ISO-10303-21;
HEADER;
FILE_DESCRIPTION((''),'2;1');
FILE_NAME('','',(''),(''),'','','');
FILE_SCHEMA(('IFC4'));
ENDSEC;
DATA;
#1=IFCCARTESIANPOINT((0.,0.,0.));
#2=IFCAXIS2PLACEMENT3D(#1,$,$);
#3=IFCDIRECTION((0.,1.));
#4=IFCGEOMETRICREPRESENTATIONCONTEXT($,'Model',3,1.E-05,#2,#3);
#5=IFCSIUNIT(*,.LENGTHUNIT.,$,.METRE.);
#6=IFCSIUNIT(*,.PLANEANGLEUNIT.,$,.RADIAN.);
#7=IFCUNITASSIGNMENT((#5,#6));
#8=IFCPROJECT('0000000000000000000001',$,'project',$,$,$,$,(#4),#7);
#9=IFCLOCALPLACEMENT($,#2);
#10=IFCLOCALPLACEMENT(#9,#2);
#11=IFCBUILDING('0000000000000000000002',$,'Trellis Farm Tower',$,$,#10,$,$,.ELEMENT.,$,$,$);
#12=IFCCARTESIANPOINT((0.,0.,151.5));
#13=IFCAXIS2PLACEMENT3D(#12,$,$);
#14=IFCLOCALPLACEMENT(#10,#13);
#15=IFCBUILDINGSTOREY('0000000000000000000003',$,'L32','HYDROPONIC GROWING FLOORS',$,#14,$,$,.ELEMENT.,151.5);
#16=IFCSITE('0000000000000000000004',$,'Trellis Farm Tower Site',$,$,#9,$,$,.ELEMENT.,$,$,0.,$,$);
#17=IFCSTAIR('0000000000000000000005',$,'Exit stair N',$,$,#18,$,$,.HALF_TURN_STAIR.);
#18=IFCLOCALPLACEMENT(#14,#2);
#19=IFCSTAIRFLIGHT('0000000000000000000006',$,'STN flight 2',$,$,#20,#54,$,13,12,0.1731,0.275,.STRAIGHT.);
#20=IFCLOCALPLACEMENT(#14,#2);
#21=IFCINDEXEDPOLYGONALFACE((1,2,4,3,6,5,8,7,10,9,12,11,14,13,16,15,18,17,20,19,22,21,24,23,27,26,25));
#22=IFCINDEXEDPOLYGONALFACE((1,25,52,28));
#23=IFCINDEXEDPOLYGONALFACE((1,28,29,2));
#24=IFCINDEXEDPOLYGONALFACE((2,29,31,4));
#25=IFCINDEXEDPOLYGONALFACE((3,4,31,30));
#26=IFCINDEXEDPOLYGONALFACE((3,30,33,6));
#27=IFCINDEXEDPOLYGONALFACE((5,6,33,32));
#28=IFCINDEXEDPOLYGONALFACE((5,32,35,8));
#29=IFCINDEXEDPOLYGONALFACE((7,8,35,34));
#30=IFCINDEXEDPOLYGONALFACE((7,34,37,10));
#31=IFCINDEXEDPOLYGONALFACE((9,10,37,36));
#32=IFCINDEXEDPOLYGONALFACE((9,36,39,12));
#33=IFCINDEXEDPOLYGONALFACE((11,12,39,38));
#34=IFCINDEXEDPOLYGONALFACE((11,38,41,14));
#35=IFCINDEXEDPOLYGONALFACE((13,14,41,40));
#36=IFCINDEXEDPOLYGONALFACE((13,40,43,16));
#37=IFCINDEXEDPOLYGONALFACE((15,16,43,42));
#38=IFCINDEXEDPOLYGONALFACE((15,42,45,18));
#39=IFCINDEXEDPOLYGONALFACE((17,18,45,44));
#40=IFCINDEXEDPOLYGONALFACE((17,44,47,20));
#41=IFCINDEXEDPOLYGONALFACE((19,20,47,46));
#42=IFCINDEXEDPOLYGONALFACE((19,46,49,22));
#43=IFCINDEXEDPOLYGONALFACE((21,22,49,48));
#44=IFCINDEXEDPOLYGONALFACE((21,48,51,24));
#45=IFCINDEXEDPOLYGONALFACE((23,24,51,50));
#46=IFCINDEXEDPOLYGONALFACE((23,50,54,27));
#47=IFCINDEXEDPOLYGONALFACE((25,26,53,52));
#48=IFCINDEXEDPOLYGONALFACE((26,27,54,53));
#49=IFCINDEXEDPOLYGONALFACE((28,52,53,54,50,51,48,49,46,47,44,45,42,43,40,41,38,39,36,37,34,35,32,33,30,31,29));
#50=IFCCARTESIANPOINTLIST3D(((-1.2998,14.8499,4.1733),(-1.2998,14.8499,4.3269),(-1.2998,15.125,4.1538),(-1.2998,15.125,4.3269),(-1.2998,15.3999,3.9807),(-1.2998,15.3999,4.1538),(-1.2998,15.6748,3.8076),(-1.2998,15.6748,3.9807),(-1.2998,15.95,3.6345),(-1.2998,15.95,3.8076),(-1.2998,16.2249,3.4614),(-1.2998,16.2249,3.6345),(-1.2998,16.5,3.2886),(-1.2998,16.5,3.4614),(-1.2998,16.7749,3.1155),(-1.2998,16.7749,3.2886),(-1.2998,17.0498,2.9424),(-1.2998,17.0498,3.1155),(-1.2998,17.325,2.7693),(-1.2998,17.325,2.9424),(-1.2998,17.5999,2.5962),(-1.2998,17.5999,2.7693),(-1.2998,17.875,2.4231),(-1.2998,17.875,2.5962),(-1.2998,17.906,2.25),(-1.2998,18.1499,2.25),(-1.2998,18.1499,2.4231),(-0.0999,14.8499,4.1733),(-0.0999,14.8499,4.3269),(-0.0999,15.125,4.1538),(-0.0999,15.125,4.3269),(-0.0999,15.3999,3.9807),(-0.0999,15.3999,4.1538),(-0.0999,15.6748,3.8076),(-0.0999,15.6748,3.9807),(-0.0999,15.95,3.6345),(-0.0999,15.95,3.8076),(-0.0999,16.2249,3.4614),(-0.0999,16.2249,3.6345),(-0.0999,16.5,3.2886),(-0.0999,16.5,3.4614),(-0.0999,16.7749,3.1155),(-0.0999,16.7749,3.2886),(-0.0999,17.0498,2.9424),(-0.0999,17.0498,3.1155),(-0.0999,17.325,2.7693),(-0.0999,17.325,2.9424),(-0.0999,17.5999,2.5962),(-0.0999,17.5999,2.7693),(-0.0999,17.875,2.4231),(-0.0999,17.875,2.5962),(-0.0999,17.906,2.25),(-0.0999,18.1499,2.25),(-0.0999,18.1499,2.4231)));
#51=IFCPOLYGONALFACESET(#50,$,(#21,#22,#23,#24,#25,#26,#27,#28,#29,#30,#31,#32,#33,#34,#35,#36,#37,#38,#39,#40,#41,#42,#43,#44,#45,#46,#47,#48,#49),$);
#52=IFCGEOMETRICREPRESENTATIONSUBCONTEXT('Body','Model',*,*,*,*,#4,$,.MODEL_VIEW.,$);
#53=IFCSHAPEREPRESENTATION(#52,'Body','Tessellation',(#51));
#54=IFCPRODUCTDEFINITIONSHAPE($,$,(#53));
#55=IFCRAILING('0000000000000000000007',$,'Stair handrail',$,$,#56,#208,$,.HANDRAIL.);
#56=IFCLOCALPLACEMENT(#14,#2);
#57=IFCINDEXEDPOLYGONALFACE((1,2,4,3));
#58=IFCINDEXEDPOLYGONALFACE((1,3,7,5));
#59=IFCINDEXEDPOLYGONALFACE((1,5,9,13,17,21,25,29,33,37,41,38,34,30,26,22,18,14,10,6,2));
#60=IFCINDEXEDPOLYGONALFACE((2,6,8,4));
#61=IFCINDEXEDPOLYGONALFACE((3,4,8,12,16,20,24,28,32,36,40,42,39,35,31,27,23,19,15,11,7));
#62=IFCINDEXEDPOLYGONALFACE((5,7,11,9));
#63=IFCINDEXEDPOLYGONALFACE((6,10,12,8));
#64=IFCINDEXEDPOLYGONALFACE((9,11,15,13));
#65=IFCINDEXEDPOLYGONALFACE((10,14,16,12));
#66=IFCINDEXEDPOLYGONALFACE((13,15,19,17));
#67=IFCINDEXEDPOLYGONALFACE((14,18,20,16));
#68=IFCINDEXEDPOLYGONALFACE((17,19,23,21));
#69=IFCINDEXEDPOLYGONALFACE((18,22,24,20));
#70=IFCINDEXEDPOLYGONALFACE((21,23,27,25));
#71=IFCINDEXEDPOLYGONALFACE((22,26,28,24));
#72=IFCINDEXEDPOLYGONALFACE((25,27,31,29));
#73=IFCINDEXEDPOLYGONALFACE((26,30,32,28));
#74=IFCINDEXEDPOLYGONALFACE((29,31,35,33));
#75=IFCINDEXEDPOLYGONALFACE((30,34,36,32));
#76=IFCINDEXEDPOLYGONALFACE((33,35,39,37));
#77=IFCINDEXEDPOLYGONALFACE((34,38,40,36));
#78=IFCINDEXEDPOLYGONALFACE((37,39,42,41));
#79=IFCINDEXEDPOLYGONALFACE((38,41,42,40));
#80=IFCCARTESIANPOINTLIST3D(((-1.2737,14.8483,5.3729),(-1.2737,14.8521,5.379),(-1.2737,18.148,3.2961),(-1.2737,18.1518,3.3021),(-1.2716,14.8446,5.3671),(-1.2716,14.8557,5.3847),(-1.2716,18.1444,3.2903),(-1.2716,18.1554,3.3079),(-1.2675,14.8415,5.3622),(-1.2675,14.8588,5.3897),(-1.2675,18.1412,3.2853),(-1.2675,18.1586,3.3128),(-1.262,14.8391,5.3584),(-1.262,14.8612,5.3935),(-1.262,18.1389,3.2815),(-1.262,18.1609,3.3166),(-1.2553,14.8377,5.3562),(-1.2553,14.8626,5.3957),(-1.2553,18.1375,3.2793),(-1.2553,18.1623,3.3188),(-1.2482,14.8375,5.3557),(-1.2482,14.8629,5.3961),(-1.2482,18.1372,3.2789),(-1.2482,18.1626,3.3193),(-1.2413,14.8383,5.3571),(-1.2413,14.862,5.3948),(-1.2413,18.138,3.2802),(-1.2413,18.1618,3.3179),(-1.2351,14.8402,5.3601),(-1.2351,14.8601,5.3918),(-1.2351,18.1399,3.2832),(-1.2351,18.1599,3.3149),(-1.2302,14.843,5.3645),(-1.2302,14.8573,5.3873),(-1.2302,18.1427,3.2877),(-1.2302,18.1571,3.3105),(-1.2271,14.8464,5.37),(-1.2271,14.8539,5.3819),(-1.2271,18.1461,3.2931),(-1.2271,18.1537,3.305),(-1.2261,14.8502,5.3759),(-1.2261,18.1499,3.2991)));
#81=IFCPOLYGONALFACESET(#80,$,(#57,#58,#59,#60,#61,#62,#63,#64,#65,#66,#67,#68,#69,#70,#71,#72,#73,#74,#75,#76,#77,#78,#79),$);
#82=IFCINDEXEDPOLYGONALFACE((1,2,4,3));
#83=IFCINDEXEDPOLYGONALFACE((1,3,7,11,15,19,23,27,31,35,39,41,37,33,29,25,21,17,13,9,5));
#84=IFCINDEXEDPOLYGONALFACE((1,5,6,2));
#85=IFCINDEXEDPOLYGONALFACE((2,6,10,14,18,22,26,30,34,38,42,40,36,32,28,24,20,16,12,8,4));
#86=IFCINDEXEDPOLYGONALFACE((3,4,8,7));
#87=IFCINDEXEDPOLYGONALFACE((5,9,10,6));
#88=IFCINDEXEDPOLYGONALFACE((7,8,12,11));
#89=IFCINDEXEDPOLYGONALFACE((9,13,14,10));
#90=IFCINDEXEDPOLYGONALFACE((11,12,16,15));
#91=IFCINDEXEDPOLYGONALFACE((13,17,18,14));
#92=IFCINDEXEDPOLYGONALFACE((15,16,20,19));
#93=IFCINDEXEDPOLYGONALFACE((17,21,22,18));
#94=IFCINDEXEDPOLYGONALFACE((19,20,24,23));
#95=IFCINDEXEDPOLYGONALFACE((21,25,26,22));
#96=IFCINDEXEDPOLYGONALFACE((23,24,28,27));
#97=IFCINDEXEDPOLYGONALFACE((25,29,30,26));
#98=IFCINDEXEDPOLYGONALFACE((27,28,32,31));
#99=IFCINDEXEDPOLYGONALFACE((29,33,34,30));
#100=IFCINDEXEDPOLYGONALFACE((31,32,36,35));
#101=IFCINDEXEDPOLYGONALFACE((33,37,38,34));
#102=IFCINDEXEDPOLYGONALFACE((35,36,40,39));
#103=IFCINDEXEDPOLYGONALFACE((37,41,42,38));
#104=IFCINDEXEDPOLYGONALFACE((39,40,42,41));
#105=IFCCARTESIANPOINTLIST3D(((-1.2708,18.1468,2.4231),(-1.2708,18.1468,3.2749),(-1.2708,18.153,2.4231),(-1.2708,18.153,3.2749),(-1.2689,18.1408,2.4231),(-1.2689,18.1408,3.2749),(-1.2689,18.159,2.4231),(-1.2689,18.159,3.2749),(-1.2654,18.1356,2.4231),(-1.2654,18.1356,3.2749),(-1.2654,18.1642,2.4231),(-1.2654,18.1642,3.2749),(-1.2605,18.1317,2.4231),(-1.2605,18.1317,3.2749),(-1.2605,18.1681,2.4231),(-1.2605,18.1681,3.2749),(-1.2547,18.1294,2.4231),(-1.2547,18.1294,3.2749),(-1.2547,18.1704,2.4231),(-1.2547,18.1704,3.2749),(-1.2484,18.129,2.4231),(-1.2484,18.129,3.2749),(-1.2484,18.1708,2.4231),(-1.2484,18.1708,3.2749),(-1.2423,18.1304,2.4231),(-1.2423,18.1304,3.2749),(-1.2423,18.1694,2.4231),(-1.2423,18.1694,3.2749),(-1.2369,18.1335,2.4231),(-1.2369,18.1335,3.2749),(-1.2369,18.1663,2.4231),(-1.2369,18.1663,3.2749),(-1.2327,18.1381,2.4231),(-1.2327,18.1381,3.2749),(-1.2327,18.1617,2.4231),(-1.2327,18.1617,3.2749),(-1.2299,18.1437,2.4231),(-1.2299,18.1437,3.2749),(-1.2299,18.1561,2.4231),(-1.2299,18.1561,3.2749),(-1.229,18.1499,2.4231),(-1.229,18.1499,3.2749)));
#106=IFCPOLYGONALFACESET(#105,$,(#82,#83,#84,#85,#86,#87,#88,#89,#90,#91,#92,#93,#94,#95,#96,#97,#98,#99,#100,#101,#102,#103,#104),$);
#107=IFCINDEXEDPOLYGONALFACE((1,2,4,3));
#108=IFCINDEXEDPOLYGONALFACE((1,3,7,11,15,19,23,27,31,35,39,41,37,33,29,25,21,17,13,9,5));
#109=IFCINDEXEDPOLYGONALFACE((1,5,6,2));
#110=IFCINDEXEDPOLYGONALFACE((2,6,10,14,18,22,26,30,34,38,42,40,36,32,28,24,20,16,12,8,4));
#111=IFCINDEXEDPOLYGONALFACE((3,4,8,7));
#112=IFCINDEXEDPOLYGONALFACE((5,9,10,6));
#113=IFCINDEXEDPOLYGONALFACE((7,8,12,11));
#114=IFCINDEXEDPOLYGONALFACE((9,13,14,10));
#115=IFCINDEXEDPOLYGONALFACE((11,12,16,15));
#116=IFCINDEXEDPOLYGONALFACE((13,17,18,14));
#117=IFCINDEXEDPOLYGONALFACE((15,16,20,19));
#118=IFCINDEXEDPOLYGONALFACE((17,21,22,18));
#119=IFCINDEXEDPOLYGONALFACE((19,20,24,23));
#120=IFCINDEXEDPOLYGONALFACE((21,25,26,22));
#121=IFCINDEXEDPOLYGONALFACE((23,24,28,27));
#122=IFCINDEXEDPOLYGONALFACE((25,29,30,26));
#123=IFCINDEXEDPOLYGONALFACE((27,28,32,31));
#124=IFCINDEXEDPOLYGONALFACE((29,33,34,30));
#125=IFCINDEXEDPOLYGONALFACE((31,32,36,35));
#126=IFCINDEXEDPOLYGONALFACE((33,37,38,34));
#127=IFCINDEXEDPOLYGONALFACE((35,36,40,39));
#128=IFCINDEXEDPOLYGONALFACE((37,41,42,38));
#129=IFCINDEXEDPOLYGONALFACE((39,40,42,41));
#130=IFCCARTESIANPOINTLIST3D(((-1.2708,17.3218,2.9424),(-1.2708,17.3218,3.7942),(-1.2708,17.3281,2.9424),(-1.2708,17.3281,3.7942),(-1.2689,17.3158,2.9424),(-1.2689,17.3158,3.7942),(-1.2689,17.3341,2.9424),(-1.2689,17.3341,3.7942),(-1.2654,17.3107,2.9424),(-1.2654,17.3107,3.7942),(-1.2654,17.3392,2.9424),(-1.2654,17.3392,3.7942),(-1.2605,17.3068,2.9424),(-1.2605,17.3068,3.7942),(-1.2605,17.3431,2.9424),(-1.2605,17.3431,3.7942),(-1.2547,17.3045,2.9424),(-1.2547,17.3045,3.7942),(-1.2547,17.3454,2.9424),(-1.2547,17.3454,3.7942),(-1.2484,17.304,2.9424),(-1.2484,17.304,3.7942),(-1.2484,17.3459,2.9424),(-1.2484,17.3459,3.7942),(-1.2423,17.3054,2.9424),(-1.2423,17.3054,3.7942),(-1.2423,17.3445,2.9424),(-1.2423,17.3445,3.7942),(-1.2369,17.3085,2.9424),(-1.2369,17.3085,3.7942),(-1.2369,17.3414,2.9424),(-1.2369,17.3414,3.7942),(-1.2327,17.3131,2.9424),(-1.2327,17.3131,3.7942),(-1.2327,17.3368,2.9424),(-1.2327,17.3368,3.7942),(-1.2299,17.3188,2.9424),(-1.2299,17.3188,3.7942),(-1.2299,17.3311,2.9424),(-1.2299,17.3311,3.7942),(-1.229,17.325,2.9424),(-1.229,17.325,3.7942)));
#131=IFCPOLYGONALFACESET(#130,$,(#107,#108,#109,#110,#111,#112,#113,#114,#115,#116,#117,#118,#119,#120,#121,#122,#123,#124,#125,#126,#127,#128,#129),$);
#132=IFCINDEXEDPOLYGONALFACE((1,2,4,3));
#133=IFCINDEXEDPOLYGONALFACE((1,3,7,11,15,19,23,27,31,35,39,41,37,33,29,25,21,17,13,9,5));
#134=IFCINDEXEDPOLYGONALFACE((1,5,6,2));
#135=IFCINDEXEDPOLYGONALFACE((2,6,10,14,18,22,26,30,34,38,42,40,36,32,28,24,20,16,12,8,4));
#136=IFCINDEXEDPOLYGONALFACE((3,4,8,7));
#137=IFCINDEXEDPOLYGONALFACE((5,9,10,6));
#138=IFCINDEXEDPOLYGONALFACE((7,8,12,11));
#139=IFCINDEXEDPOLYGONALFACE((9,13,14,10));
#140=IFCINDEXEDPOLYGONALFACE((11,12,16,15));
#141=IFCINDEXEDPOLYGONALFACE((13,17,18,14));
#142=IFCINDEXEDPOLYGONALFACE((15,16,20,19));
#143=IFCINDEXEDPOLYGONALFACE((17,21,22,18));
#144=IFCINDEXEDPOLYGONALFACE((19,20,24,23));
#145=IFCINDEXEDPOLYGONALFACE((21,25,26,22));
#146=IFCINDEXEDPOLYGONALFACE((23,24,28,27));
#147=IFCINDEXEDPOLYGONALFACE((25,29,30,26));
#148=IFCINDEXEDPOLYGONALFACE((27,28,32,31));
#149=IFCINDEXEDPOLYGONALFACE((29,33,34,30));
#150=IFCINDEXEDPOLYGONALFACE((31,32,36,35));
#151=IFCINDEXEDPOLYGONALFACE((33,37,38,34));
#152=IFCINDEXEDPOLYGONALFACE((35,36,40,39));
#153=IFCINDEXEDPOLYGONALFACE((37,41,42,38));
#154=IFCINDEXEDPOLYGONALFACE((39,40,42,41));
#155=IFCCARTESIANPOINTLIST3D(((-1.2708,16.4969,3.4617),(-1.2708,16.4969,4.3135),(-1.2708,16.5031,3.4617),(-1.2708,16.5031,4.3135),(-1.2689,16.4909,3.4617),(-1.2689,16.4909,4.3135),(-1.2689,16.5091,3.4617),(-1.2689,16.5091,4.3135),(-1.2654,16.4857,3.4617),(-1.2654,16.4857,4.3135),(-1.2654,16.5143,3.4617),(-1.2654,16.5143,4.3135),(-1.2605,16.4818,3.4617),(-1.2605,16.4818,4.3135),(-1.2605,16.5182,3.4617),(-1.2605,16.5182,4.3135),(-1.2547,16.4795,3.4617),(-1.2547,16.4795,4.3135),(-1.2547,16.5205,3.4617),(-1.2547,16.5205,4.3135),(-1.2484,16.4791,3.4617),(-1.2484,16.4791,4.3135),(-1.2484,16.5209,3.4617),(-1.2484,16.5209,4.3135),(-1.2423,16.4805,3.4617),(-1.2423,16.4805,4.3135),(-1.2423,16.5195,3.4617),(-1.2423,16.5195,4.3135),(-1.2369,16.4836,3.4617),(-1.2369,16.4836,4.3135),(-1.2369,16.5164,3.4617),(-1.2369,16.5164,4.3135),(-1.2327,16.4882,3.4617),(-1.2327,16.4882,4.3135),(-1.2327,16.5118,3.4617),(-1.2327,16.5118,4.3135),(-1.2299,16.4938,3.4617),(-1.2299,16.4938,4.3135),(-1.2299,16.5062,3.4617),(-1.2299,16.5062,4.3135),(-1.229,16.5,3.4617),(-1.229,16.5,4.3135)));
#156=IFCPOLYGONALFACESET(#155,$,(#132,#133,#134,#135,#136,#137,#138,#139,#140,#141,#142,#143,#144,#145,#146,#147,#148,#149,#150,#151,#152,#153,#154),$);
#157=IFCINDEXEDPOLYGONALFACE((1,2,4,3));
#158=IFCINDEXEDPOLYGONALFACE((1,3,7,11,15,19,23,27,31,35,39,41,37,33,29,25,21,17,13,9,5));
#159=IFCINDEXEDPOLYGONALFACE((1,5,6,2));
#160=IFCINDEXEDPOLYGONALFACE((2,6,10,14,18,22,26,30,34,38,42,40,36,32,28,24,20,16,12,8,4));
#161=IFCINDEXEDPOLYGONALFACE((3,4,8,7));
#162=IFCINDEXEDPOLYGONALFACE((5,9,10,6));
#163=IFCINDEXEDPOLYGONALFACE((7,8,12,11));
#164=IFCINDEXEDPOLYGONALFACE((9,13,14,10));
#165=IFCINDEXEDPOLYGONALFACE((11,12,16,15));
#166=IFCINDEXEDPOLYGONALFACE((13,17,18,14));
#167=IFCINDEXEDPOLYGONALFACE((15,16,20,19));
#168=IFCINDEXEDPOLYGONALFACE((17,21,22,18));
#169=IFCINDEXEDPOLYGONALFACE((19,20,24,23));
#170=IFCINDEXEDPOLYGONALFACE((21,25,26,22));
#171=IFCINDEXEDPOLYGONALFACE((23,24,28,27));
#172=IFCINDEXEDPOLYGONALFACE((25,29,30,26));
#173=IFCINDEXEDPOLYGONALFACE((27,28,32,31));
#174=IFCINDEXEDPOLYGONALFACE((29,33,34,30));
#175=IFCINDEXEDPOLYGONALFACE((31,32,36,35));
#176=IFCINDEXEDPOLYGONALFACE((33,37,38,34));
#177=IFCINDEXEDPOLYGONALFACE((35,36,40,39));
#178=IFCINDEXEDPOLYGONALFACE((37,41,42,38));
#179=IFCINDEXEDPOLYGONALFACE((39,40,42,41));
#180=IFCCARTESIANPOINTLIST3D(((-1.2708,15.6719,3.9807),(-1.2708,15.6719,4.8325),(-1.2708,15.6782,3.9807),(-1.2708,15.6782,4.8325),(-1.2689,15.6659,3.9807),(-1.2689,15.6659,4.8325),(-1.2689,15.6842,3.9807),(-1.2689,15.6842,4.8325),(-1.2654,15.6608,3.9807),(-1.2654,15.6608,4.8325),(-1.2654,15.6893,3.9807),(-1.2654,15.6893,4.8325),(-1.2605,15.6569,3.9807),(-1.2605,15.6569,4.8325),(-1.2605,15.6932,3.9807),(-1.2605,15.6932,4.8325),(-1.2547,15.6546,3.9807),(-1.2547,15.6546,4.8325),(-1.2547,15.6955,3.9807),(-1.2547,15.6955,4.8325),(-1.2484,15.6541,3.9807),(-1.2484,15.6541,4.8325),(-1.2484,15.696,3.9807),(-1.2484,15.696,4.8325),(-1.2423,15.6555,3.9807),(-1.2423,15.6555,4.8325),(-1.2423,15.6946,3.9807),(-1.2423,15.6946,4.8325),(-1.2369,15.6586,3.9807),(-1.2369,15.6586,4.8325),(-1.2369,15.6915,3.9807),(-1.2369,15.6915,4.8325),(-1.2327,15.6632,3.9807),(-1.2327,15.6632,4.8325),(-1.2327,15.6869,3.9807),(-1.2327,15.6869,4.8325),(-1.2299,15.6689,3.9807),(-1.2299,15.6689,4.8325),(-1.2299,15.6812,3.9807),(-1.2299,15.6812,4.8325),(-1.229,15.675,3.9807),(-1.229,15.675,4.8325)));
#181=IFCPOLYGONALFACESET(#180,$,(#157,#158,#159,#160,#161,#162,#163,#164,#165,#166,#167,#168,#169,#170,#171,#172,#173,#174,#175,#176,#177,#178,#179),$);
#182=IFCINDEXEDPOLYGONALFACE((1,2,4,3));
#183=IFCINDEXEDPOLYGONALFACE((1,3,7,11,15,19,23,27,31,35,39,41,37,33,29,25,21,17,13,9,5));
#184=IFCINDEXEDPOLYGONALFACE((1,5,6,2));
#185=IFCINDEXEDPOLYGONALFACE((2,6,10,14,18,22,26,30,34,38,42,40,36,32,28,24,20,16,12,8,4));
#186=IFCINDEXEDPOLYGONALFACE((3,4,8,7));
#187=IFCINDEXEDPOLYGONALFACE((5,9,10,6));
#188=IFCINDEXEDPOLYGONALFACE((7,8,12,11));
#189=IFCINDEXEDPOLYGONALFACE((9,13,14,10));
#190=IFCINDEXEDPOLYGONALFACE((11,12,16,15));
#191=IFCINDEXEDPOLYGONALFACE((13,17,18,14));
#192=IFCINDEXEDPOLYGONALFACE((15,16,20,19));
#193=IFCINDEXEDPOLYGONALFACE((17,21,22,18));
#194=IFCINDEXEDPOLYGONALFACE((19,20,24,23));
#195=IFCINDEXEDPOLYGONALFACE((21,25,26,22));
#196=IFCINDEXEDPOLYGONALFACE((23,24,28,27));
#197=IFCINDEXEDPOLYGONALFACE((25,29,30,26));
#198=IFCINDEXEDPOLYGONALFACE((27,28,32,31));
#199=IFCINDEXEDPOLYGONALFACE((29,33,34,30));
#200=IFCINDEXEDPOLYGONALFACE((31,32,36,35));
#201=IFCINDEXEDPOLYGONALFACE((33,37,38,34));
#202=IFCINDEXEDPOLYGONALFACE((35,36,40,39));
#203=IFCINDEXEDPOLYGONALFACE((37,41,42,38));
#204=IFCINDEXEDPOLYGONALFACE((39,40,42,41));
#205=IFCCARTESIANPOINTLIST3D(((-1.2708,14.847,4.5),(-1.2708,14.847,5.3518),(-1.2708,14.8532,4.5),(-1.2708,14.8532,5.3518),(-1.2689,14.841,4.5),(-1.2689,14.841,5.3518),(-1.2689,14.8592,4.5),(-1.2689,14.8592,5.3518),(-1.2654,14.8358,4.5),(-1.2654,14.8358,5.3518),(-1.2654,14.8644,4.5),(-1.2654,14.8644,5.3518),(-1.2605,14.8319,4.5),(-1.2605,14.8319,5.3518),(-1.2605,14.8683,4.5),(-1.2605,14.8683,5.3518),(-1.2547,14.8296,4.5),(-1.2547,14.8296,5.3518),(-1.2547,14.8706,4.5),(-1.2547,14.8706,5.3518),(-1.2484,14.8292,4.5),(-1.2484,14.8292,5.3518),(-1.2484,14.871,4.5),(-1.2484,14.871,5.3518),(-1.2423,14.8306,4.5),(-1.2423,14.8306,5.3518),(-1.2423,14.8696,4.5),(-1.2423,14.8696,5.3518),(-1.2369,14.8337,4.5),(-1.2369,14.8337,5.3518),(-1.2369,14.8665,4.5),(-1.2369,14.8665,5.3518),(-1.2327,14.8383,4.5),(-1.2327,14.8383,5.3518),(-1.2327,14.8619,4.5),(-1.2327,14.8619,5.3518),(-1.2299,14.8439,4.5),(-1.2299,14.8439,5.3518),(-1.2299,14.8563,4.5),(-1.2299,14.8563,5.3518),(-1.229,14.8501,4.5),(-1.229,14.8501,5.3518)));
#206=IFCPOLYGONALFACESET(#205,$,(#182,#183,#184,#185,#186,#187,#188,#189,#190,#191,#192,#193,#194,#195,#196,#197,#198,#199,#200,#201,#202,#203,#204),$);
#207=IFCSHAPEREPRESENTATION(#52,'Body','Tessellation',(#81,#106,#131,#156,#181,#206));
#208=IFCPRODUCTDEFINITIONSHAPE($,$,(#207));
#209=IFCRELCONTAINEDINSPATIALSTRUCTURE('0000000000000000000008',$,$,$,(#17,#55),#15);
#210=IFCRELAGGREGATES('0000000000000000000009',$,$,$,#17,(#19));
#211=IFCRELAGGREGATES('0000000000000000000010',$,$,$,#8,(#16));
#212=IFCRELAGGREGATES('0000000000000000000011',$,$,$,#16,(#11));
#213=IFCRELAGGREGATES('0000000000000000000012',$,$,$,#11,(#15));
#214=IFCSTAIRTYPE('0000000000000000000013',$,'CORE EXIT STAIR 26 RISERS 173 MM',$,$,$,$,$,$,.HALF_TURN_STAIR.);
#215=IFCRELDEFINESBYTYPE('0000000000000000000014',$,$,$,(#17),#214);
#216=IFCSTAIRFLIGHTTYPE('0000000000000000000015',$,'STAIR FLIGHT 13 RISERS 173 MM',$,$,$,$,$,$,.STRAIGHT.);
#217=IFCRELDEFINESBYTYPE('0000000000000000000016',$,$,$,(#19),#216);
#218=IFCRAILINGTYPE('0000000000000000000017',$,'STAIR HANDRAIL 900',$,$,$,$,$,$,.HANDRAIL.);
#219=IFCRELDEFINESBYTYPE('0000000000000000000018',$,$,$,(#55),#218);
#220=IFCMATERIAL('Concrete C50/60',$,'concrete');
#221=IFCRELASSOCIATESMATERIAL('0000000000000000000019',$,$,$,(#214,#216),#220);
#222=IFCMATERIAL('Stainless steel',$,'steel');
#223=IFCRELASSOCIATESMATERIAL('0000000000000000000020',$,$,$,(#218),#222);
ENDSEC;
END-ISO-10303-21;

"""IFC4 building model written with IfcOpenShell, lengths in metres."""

from ifc_helpers import new_model, si_unit, direction, frame, origin, origin_2d, place, context, subcontext, project, spatial, polyline, circle, outline, extrude, source, transform, mapped, material, type_object, element, aggregate, save


model = new_model("IFC4")

# Units and contexts
model_context = context("Model", 3, precision=1e-05, world=origin(), true_north=direction((0.0, 1.0)))
body_context = subcontext(model_context, "Body", "Model", "MODEL_VIEW")
ifc_project = project(units=[si_unit("LENGTHUNIT", "METRE"), si_unit("PLANEANGLEUNIT", "RADIAN")], contexts=[model_context])

# Site, building, storey
site_placement = place(None, origin())
site = spatial("IfcSite", under=ifc_project, at=site_placement, Name="Trellis Farm Tower Site", CompositionType="ELEMENT", RefElevation=0.0)
building_placement = place(site_placement, origin())
building = spatial("IfcBuilding", under=site, at=building_placement, Name="Trellis Farm Tower", CompositionType="ELEMENT")
storey_placement = place(building_placement, frame((0.0, 0.0, 151.5)))
storey = spatial("IfcBuildingStorey", under=building, at=storey_placement, Name="L32", Description="HYDROPONIC GROWING FLOORS", CompositionType="ELEMENT", Elevation=151.5)

# Shared definitions
placement = place(storey_placement, origin())

# Stair, stair flight
ifc_material_1 = material(Name="Concrete C50/60", Category="concrete")
stair_type = type_object("IfcStairType", Name="CORE EXIT STAIR 26 RISERS 173 MM", PredefinedType="HALF_TURN_STAIR", material=ifc_material_1)
stair = element("IfcStair", 1, at=placement, inside=storey, type_object=stair_type, Name="Exit stair N", PredefinedType="HALF_TURN_STAIR")
stair_flight_type = type_object("IfcStairFlightType", Name="STAIR FLIGHT 13 RISERS 173 MM", PredefinedType="STRAIGHT", material=ifc_material_1)
shared_shape_1 = source(origin(), body_context, "Body", "SweptSolid", [
    extrude(outline(polyline([(0.0, 0.0), (0.0, 0.1731), (0.2749, 0.1731), (0.2749, 0.3462), (0.55, 0.3462), (0.55, 0.5193), (0.825, 0.5193), (0.825, 0.6924), (1.1001, 0.6924), (1.1001, 0.8655), (1.375, 0.8655), (1.375, 1.0386), (1.6499, 1.0386), (1.6499, 1.2114), (1.925, 1.2114), (1.925, 1.3845), (2.2, 1.3845), (2.2, 1.5576), (2.4751, 1.5576), (2.4751, 1.7307), (2.75, 1.7307), (2.75, 1.9038), (3.0249, 1.9038), (3.0249, 2.0769), (3.3, 2.0769), (3.3, 2.25), (3.3, 1.9233), (0.2439, 0.0), (0.0, 0.0)])), frame((0.0, 0.6001, 0.0), z_axis=(0.0, -1.0, 0.0), x_axis=(1.0, 0.0, 0.0)), (0.0, 0.0, 1.0), 1.2),
])
stair_flight_placement = place(storey_placement, frame((-0.7, 18.1499, 2.25), z_axis=(0.0, 0.0, 1.0), x_axis=(0.0, -1.0, 0.0)))
stair_flight = element("IfcStairFlight", 2, at=stair_flight_placement, type_object=stair_flight_type, Name="STN flight 2", NumberOfRisers=13, NumberOfTreads=12, PredefinedType="STRAIGHT", RiserHeight=0.1731, TreadLength=0.275, context=body_context, shape_type="MappedRepresentation", body=[
    mapped(shared_shape_1, transform((0.0, 0.0, 0.0))),
])
aggregate(stair, [stair_flight])

# Railing
ifc_material_2 = material(Name="Stainless steel", Category="steel")
railing_type = type_object("IfcRailingType", Name="STAIR HANDRAIL 900", PredefinedType="HANDRAIL", material=ifc_material_2)
shared_shape_2 = source(origin(), body_context, "Body", "SweptSolid", [
    extrude(circle(Radius=0.0239, at=origin_2d()), frame((0.0, 0.0, 0.876), z_axis=(0.0, -0.84632, 0.532675), x_axis=(1.0, 0.0, 0.0)), (0.0, 0.0, 1.0), 3.8989),
    extrude(circle(Radius=0.021, at=origin_2d()), origin(), (0.0, 0.0, 1.0), 0.8518),
    extrude(circle(Radius=0.021, at=origin_2d()), frame((0.0, -0.825, 0.5193)), (0.0, 0.0, 1.0), 0.8518),
    extrude(circle(Radius=0.021, at=origin_2d()), frame((0.0, -1.6499, 1.0386)), (0.0, 0.0, 1.0), 0.8518),
    extrude(circle(Radius=0.021, at=origin_2d()), frame((0.0, -2.4749, 1.5576)), (0.0, 0.0, 1.0), 0.8518),
    extrude(circle(Radius=0.021, at=origin_2d()), frame((0.0, -3.2998, 2.0769)), (0.0, 0.0, 1.0), 0.8518),
])
railing_placement = place(storey_placement, frame((-1.25, 18.1499, 2.4231)))
element("IfcRailing", 3, at=railing_placement, inside=storey, type_object=railing_type, Name="Stair handrail", PredefinedType="HANDRAIL", context=body_context, shape_type="MappedRepresentation", body=[
    mapped(shared_shape_2, transform((0.0, 0.0, 0.0))),
])

save(model, "model.ifc")
